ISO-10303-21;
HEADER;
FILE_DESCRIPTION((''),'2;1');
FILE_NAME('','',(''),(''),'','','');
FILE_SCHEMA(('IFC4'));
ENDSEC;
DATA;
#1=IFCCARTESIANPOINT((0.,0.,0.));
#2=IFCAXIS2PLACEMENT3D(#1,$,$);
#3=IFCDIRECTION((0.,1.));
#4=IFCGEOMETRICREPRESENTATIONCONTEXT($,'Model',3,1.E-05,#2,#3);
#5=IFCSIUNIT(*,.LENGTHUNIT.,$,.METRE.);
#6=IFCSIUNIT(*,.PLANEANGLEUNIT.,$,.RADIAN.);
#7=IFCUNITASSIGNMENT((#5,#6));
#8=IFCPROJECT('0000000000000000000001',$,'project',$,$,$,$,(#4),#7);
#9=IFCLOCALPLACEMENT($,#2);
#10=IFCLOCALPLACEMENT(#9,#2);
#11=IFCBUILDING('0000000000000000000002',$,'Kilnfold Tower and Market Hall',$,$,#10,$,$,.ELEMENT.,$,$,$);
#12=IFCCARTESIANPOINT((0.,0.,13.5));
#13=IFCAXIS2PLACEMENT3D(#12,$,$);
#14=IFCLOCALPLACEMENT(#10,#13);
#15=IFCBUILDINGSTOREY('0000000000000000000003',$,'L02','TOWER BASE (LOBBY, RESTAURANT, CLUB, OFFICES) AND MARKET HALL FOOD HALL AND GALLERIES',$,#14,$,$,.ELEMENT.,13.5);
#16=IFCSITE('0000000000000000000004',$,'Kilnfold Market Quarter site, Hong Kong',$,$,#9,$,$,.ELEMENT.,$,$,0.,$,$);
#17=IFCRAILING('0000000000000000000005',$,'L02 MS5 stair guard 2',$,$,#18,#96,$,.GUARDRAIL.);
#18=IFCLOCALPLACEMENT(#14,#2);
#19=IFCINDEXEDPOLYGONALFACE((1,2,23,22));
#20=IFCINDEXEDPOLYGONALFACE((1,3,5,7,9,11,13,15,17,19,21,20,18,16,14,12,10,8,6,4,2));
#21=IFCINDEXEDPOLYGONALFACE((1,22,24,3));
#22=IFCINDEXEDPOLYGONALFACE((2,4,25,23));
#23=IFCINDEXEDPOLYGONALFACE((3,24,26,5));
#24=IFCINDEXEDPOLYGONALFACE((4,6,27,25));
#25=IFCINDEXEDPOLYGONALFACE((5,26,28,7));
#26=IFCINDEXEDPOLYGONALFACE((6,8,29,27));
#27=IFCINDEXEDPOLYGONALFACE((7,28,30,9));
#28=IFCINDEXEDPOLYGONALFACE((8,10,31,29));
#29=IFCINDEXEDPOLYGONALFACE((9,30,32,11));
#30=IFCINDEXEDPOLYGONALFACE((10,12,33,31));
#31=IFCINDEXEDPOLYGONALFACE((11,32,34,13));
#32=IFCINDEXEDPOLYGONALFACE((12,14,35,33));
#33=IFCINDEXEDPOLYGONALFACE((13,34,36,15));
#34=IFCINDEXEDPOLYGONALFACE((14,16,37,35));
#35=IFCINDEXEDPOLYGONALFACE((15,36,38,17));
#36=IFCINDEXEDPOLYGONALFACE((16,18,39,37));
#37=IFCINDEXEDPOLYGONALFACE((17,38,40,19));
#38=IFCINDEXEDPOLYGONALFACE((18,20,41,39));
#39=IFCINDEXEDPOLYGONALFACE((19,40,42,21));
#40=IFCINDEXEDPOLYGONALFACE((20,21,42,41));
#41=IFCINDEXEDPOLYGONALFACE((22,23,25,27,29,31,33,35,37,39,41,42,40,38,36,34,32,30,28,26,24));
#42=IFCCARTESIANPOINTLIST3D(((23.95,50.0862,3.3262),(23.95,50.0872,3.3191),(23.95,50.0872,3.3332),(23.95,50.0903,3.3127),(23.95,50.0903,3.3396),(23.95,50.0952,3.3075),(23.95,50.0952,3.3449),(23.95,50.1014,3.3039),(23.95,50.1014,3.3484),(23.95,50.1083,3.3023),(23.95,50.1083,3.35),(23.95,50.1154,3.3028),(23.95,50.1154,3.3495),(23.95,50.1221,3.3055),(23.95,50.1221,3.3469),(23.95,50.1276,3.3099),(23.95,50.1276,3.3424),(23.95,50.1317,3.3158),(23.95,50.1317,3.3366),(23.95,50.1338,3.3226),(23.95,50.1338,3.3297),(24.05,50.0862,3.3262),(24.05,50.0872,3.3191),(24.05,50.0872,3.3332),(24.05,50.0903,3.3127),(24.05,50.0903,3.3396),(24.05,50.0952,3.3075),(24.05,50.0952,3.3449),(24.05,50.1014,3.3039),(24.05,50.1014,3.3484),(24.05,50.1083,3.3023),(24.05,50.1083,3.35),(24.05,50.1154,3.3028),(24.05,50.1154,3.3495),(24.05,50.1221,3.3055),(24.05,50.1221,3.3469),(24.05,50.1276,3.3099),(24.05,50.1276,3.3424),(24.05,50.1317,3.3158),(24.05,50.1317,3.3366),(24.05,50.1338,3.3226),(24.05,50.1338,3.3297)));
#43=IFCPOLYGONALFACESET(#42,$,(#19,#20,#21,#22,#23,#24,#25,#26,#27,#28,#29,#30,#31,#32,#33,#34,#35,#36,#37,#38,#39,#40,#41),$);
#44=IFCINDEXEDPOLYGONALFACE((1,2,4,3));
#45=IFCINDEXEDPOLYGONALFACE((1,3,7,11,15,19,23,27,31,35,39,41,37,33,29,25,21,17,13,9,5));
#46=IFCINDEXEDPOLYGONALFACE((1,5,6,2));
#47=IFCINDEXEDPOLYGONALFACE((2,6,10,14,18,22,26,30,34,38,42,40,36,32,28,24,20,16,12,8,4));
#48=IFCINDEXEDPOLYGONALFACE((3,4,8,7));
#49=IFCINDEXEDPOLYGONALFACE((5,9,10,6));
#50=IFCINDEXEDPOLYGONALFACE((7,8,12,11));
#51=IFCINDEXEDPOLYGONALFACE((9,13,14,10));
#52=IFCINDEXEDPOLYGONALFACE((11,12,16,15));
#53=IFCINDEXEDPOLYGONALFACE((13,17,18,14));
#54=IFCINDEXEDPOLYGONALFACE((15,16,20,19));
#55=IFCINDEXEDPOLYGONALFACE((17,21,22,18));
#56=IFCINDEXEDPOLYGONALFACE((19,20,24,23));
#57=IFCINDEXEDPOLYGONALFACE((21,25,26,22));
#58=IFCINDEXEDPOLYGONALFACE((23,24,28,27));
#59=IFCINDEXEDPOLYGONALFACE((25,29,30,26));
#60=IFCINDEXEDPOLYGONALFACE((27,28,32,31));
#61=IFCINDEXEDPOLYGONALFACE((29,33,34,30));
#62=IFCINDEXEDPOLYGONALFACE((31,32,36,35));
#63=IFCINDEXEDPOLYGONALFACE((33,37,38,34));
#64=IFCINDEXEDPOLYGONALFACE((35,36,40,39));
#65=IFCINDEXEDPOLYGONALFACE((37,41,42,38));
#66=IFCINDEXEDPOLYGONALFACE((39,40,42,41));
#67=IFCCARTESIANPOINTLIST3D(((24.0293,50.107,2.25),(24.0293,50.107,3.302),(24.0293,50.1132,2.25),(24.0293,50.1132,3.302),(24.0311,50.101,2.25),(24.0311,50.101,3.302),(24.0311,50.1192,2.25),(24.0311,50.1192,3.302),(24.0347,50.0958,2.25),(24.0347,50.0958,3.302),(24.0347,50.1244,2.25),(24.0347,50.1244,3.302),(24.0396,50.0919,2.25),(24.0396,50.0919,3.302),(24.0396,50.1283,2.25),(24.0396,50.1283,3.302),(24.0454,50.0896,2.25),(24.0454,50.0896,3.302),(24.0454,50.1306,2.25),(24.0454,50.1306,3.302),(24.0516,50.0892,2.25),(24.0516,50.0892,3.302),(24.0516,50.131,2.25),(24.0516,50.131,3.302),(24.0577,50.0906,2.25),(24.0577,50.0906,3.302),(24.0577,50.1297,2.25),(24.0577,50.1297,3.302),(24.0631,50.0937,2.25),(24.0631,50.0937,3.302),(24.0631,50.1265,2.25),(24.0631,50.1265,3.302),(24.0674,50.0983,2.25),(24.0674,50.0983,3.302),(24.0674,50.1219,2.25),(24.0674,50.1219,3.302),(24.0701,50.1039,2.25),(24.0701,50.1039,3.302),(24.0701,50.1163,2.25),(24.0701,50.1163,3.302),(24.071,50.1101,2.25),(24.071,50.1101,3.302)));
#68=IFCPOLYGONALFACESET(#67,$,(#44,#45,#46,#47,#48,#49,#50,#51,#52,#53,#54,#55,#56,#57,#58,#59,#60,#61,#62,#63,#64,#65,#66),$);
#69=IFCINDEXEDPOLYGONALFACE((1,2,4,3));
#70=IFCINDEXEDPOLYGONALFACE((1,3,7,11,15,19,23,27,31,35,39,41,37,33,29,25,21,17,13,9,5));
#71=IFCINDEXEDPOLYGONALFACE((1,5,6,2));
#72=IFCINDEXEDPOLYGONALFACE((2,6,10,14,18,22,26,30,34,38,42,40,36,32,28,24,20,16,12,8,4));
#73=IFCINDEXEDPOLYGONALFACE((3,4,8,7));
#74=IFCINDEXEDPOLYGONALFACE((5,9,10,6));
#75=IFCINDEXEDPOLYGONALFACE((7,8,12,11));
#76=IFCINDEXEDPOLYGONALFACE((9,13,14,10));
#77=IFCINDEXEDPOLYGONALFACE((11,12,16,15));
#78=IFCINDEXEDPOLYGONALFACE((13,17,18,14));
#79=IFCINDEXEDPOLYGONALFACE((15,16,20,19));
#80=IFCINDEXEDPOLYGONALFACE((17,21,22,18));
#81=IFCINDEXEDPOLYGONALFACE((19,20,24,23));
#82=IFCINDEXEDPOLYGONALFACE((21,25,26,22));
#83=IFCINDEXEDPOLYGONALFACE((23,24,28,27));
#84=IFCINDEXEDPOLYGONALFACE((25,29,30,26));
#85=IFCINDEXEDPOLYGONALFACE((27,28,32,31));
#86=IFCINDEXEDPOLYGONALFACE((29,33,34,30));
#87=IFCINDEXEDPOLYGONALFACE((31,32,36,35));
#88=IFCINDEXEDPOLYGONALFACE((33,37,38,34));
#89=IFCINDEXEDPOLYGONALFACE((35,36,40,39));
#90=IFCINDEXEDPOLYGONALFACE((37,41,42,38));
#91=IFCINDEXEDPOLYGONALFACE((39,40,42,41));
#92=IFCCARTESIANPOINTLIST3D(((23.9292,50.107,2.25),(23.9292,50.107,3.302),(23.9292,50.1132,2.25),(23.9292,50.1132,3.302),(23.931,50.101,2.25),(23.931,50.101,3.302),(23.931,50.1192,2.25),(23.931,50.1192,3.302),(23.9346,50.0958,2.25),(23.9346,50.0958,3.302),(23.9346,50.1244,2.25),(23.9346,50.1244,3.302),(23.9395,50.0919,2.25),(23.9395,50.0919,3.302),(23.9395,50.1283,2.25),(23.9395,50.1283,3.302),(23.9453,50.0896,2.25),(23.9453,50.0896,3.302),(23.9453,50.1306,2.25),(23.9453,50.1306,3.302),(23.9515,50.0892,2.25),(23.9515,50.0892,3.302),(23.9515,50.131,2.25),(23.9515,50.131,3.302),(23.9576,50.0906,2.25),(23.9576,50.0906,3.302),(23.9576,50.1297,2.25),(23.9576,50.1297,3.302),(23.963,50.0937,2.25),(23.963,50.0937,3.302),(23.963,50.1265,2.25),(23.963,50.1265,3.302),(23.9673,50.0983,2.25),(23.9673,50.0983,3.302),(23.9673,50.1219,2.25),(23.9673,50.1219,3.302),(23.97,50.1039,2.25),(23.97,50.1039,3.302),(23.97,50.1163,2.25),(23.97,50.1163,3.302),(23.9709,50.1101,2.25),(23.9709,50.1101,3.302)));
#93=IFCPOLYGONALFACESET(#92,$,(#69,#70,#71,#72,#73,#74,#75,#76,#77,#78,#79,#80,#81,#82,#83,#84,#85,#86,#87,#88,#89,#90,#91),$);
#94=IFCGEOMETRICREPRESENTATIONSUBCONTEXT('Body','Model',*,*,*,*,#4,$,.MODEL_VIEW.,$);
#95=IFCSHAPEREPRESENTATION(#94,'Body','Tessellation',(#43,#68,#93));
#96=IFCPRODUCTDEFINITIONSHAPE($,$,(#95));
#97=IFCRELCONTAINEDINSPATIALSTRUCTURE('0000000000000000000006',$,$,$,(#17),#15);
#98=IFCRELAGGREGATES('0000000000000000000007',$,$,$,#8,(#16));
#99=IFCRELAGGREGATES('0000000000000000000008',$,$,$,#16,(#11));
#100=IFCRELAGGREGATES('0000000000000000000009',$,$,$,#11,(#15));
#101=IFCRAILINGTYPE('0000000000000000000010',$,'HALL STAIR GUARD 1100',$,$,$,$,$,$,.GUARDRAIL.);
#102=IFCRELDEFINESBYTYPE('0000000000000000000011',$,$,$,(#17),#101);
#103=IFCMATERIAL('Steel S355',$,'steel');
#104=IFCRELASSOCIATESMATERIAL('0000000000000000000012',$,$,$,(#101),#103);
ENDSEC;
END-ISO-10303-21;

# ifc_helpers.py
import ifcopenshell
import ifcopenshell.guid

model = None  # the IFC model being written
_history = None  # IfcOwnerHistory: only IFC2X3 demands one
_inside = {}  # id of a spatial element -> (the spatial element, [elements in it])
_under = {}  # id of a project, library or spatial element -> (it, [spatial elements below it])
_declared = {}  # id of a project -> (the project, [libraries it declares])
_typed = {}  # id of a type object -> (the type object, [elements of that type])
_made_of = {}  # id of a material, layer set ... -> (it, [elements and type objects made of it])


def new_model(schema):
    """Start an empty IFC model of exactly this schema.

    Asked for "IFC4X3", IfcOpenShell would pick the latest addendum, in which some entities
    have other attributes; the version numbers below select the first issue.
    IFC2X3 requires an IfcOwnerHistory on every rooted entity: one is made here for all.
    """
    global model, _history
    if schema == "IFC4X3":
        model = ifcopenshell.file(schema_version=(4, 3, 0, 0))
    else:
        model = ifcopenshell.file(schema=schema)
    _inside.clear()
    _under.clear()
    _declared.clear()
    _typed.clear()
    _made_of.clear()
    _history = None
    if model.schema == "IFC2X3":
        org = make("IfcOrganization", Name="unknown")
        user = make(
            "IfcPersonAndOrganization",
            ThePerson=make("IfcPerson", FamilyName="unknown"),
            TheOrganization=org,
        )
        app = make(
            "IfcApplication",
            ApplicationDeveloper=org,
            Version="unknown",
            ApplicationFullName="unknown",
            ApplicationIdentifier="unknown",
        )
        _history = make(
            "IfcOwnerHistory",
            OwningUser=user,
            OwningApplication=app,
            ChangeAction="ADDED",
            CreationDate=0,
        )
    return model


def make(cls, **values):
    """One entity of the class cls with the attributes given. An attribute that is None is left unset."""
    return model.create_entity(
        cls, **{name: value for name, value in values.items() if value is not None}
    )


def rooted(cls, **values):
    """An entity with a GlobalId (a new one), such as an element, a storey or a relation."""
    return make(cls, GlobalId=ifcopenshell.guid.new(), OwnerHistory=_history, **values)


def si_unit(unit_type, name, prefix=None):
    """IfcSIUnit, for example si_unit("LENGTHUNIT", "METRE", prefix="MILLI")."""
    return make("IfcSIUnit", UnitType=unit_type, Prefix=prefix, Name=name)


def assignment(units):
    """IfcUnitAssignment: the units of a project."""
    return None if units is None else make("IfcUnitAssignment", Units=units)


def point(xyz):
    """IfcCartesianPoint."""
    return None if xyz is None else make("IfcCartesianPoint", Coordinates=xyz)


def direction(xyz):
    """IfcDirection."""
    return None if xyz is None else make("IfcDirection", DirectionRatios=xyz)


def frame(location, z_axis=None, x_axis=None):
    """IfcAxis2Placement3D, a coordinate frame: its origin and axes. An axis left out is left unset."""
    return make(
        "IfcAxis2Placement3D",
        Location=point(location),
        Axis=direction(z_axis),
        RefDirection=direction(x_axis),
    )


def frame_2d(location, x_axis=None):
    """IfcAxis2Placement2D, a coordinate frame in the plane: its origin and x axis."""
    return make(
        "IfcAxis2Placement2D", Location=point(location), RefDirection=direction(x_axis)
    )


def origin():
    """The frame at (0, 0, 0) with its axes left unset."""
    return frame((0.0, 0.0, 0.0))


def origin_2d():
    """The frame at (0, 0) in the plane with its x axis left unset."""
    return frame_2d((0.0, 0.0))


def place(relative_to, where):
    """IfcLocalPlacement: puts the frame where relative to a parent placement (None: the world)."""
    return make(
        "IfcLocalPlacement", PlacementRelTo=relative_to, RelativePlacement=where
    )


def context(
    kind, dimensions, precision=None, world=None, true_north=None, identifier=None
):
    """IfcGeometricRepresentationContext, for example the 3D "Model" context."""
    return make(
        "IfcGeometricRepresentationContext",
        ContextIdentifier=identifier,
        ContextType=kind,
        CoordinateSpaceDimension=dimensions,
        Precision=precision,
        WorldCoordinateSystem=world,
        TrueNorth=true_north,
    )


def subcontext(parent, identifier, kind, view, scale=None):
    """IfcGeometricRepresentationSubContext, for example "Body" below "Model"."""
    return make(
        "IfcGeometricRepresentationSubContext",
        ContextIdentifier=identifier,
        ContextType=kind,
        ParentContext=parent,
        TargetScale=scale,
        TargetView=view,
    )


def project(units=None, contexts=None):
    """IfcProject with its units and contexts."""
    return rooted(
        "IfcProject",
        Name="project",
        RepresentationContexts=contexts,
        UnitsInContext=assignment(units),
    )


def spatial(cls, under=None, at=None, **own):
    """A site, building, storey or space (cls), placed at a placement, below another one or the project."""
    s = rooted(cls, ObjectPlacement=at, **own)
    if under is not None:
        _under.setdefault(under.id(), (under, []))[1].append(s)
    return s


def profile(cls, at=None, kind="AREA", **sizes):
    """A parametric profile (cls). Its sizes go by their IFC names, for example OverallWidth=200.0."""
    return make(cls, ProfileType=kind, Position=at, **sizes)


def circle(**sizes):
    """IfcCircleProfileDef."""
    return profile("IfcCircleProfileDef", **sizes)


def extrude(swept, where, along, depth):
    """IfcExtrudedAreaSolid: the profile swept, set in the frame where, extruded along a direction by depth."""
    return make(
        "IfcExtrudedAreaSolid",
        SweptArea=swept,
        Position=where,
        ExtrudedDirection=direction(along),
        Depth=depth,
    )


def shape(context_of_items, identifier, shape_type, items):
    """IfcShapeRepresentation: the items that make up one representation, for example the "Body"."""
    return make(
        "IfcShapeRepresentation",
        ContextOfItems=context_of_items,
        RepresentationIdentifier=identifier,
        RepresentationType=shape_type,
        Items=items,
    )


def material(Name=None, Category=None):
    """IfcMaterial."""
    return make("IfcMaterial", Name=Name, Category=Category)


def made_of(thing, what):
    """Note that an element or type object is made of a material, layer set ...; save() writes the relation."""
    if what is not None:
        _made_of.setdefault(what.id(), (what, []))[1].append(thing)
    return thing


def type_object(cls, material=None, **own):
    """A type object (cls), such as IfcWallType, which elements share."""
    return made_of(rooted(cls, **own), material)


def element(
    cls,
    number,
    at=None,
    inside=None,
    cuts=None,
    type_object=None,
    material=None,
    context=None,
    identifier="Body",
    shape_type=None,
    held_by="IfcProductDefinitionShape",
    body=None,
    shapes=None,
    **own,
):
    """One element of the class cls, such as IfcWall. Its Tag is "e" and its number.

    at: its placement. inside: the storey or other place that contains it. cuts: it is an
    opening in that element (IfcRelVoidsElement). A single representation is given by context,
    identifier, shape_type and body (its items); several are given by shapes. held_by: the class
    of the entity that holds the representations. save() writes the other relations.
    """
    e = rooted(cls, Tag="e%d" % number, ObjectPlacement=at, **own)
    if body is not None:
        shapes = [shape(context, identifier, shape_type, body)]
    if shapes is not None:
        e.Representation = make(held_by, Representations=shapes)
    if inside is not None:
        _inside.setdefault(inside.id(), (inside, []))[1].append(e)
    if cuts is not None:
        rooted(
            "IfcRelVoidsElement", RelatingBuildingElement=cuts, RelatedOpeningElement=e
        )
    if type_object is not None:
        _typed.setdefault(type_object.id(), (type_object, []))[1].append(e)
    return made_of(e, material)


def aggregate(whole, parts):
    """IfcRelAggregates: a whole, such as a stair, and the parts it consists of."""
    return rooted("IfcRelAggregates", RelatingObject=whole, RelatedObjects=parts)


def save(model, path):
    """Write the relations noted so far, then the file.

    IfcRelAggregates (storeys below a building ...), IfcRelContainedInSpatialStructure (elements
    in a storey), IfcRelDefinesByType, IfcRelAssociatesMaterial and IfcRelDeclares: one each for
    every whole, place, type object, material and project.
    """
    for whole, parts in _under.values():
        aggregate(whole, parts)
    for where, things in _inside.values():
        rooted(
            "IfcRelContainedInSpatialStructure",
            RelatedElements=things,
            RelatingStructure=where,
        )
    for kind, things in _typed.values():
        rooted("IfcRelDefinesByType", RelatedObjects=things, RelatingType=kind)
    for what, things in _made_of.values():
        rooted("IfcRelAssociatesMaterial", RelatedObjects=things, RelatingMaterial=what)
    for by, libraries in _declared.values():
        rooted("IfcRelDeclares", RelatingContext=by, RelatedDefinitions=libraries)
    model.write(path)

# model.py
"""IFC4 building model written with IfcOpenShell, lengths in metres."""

from ifc_helpers import new_model, si_unit, direction, frame, origin, origin_2d, place, context, subcontext, project, spatial, circle, extrude, material, type_object, element, save


model = new_model("IFC4")

# Units and contexts
model_context = context("Model", 3, precision=1e-05, world=origin(), true_north=direction((0.0, 1.0)))
body_context = subcontext(model_context, "Body", "Model", "MODEL_VIEW")
ifc_project = project(units=[si_unit("LENGTHUNIT", "METRE"), si_unit("PLANEANGLEUNIT", "RADIAN")], contexts=[model_context])

# Site, building, storey
site_placement = place(None, origin())
site = spatial("IfcSite", under=ifc_project, at=site_placement, Name="Kilnfold Market Quarter site, Hong Kong", CompositionType="ELEMENT", RefElevation=0.0)
building_placement = place(site_placement, origin())
building = spatial("IfcBuilding", under=site, at=building_placement, Name="Kilnfold Tower and Market Hall", CompositionType="ELEMENT")
storey_placement = place(building_placement, frame((0.0, 0.0, 13.5)))
storey = spatial("IfcBuildingStorey", under=building, at=storey_placement, Name="L02", Description="TOWER BASE (LOBBY, RESTAURANT, CLUB, OFFICES) AND MARKET HALL FOOD HALL AND GALLERIES", CompositionType="ELEMENT", Elevation=13.5)

# Railing
ifc_material_1 = material(Name="Steel S355", Category="steel")
railing_type_1 = type_object("IfcRailingType", Name="HALL STAIR GUARD 1100", PredefinedType="GUARDRAIL", material=ifc_material_1)
railing_1_placement = place(storey_placement, frame((24.05, 50.1101, 2.25)))
element("IfcRailing", 1, at=railing_1_placement, inside=storey, type_object=railing_type_1, Name="L02 MS5 stair guard 2", PredefinedType="GUARDRAIL", context=body_context, shape_type="SweptSolid", body=[
    extrude(circle(Radius=0.0239, at=origin_2d()), frame((0.0, 0.0, 1.0762), z_axis=(-1.0, 0.0, 0.0), x_axis=(0.0, -1.0, 0.0)), (0.0, 0.0, 1.0), 0.1001),
    extrude(circle(Radius=0.021, at=origin_2d()), origin(), (0.0, 0.0, 1.0), 1.052),
    extrude(circle(Radius=0.021, at=origin_2d()), frame((-0.1001, 0.0, 0.0)), (0.0, 0.0, 1.0), 1.052),
])

save(model, "model.ifc")
